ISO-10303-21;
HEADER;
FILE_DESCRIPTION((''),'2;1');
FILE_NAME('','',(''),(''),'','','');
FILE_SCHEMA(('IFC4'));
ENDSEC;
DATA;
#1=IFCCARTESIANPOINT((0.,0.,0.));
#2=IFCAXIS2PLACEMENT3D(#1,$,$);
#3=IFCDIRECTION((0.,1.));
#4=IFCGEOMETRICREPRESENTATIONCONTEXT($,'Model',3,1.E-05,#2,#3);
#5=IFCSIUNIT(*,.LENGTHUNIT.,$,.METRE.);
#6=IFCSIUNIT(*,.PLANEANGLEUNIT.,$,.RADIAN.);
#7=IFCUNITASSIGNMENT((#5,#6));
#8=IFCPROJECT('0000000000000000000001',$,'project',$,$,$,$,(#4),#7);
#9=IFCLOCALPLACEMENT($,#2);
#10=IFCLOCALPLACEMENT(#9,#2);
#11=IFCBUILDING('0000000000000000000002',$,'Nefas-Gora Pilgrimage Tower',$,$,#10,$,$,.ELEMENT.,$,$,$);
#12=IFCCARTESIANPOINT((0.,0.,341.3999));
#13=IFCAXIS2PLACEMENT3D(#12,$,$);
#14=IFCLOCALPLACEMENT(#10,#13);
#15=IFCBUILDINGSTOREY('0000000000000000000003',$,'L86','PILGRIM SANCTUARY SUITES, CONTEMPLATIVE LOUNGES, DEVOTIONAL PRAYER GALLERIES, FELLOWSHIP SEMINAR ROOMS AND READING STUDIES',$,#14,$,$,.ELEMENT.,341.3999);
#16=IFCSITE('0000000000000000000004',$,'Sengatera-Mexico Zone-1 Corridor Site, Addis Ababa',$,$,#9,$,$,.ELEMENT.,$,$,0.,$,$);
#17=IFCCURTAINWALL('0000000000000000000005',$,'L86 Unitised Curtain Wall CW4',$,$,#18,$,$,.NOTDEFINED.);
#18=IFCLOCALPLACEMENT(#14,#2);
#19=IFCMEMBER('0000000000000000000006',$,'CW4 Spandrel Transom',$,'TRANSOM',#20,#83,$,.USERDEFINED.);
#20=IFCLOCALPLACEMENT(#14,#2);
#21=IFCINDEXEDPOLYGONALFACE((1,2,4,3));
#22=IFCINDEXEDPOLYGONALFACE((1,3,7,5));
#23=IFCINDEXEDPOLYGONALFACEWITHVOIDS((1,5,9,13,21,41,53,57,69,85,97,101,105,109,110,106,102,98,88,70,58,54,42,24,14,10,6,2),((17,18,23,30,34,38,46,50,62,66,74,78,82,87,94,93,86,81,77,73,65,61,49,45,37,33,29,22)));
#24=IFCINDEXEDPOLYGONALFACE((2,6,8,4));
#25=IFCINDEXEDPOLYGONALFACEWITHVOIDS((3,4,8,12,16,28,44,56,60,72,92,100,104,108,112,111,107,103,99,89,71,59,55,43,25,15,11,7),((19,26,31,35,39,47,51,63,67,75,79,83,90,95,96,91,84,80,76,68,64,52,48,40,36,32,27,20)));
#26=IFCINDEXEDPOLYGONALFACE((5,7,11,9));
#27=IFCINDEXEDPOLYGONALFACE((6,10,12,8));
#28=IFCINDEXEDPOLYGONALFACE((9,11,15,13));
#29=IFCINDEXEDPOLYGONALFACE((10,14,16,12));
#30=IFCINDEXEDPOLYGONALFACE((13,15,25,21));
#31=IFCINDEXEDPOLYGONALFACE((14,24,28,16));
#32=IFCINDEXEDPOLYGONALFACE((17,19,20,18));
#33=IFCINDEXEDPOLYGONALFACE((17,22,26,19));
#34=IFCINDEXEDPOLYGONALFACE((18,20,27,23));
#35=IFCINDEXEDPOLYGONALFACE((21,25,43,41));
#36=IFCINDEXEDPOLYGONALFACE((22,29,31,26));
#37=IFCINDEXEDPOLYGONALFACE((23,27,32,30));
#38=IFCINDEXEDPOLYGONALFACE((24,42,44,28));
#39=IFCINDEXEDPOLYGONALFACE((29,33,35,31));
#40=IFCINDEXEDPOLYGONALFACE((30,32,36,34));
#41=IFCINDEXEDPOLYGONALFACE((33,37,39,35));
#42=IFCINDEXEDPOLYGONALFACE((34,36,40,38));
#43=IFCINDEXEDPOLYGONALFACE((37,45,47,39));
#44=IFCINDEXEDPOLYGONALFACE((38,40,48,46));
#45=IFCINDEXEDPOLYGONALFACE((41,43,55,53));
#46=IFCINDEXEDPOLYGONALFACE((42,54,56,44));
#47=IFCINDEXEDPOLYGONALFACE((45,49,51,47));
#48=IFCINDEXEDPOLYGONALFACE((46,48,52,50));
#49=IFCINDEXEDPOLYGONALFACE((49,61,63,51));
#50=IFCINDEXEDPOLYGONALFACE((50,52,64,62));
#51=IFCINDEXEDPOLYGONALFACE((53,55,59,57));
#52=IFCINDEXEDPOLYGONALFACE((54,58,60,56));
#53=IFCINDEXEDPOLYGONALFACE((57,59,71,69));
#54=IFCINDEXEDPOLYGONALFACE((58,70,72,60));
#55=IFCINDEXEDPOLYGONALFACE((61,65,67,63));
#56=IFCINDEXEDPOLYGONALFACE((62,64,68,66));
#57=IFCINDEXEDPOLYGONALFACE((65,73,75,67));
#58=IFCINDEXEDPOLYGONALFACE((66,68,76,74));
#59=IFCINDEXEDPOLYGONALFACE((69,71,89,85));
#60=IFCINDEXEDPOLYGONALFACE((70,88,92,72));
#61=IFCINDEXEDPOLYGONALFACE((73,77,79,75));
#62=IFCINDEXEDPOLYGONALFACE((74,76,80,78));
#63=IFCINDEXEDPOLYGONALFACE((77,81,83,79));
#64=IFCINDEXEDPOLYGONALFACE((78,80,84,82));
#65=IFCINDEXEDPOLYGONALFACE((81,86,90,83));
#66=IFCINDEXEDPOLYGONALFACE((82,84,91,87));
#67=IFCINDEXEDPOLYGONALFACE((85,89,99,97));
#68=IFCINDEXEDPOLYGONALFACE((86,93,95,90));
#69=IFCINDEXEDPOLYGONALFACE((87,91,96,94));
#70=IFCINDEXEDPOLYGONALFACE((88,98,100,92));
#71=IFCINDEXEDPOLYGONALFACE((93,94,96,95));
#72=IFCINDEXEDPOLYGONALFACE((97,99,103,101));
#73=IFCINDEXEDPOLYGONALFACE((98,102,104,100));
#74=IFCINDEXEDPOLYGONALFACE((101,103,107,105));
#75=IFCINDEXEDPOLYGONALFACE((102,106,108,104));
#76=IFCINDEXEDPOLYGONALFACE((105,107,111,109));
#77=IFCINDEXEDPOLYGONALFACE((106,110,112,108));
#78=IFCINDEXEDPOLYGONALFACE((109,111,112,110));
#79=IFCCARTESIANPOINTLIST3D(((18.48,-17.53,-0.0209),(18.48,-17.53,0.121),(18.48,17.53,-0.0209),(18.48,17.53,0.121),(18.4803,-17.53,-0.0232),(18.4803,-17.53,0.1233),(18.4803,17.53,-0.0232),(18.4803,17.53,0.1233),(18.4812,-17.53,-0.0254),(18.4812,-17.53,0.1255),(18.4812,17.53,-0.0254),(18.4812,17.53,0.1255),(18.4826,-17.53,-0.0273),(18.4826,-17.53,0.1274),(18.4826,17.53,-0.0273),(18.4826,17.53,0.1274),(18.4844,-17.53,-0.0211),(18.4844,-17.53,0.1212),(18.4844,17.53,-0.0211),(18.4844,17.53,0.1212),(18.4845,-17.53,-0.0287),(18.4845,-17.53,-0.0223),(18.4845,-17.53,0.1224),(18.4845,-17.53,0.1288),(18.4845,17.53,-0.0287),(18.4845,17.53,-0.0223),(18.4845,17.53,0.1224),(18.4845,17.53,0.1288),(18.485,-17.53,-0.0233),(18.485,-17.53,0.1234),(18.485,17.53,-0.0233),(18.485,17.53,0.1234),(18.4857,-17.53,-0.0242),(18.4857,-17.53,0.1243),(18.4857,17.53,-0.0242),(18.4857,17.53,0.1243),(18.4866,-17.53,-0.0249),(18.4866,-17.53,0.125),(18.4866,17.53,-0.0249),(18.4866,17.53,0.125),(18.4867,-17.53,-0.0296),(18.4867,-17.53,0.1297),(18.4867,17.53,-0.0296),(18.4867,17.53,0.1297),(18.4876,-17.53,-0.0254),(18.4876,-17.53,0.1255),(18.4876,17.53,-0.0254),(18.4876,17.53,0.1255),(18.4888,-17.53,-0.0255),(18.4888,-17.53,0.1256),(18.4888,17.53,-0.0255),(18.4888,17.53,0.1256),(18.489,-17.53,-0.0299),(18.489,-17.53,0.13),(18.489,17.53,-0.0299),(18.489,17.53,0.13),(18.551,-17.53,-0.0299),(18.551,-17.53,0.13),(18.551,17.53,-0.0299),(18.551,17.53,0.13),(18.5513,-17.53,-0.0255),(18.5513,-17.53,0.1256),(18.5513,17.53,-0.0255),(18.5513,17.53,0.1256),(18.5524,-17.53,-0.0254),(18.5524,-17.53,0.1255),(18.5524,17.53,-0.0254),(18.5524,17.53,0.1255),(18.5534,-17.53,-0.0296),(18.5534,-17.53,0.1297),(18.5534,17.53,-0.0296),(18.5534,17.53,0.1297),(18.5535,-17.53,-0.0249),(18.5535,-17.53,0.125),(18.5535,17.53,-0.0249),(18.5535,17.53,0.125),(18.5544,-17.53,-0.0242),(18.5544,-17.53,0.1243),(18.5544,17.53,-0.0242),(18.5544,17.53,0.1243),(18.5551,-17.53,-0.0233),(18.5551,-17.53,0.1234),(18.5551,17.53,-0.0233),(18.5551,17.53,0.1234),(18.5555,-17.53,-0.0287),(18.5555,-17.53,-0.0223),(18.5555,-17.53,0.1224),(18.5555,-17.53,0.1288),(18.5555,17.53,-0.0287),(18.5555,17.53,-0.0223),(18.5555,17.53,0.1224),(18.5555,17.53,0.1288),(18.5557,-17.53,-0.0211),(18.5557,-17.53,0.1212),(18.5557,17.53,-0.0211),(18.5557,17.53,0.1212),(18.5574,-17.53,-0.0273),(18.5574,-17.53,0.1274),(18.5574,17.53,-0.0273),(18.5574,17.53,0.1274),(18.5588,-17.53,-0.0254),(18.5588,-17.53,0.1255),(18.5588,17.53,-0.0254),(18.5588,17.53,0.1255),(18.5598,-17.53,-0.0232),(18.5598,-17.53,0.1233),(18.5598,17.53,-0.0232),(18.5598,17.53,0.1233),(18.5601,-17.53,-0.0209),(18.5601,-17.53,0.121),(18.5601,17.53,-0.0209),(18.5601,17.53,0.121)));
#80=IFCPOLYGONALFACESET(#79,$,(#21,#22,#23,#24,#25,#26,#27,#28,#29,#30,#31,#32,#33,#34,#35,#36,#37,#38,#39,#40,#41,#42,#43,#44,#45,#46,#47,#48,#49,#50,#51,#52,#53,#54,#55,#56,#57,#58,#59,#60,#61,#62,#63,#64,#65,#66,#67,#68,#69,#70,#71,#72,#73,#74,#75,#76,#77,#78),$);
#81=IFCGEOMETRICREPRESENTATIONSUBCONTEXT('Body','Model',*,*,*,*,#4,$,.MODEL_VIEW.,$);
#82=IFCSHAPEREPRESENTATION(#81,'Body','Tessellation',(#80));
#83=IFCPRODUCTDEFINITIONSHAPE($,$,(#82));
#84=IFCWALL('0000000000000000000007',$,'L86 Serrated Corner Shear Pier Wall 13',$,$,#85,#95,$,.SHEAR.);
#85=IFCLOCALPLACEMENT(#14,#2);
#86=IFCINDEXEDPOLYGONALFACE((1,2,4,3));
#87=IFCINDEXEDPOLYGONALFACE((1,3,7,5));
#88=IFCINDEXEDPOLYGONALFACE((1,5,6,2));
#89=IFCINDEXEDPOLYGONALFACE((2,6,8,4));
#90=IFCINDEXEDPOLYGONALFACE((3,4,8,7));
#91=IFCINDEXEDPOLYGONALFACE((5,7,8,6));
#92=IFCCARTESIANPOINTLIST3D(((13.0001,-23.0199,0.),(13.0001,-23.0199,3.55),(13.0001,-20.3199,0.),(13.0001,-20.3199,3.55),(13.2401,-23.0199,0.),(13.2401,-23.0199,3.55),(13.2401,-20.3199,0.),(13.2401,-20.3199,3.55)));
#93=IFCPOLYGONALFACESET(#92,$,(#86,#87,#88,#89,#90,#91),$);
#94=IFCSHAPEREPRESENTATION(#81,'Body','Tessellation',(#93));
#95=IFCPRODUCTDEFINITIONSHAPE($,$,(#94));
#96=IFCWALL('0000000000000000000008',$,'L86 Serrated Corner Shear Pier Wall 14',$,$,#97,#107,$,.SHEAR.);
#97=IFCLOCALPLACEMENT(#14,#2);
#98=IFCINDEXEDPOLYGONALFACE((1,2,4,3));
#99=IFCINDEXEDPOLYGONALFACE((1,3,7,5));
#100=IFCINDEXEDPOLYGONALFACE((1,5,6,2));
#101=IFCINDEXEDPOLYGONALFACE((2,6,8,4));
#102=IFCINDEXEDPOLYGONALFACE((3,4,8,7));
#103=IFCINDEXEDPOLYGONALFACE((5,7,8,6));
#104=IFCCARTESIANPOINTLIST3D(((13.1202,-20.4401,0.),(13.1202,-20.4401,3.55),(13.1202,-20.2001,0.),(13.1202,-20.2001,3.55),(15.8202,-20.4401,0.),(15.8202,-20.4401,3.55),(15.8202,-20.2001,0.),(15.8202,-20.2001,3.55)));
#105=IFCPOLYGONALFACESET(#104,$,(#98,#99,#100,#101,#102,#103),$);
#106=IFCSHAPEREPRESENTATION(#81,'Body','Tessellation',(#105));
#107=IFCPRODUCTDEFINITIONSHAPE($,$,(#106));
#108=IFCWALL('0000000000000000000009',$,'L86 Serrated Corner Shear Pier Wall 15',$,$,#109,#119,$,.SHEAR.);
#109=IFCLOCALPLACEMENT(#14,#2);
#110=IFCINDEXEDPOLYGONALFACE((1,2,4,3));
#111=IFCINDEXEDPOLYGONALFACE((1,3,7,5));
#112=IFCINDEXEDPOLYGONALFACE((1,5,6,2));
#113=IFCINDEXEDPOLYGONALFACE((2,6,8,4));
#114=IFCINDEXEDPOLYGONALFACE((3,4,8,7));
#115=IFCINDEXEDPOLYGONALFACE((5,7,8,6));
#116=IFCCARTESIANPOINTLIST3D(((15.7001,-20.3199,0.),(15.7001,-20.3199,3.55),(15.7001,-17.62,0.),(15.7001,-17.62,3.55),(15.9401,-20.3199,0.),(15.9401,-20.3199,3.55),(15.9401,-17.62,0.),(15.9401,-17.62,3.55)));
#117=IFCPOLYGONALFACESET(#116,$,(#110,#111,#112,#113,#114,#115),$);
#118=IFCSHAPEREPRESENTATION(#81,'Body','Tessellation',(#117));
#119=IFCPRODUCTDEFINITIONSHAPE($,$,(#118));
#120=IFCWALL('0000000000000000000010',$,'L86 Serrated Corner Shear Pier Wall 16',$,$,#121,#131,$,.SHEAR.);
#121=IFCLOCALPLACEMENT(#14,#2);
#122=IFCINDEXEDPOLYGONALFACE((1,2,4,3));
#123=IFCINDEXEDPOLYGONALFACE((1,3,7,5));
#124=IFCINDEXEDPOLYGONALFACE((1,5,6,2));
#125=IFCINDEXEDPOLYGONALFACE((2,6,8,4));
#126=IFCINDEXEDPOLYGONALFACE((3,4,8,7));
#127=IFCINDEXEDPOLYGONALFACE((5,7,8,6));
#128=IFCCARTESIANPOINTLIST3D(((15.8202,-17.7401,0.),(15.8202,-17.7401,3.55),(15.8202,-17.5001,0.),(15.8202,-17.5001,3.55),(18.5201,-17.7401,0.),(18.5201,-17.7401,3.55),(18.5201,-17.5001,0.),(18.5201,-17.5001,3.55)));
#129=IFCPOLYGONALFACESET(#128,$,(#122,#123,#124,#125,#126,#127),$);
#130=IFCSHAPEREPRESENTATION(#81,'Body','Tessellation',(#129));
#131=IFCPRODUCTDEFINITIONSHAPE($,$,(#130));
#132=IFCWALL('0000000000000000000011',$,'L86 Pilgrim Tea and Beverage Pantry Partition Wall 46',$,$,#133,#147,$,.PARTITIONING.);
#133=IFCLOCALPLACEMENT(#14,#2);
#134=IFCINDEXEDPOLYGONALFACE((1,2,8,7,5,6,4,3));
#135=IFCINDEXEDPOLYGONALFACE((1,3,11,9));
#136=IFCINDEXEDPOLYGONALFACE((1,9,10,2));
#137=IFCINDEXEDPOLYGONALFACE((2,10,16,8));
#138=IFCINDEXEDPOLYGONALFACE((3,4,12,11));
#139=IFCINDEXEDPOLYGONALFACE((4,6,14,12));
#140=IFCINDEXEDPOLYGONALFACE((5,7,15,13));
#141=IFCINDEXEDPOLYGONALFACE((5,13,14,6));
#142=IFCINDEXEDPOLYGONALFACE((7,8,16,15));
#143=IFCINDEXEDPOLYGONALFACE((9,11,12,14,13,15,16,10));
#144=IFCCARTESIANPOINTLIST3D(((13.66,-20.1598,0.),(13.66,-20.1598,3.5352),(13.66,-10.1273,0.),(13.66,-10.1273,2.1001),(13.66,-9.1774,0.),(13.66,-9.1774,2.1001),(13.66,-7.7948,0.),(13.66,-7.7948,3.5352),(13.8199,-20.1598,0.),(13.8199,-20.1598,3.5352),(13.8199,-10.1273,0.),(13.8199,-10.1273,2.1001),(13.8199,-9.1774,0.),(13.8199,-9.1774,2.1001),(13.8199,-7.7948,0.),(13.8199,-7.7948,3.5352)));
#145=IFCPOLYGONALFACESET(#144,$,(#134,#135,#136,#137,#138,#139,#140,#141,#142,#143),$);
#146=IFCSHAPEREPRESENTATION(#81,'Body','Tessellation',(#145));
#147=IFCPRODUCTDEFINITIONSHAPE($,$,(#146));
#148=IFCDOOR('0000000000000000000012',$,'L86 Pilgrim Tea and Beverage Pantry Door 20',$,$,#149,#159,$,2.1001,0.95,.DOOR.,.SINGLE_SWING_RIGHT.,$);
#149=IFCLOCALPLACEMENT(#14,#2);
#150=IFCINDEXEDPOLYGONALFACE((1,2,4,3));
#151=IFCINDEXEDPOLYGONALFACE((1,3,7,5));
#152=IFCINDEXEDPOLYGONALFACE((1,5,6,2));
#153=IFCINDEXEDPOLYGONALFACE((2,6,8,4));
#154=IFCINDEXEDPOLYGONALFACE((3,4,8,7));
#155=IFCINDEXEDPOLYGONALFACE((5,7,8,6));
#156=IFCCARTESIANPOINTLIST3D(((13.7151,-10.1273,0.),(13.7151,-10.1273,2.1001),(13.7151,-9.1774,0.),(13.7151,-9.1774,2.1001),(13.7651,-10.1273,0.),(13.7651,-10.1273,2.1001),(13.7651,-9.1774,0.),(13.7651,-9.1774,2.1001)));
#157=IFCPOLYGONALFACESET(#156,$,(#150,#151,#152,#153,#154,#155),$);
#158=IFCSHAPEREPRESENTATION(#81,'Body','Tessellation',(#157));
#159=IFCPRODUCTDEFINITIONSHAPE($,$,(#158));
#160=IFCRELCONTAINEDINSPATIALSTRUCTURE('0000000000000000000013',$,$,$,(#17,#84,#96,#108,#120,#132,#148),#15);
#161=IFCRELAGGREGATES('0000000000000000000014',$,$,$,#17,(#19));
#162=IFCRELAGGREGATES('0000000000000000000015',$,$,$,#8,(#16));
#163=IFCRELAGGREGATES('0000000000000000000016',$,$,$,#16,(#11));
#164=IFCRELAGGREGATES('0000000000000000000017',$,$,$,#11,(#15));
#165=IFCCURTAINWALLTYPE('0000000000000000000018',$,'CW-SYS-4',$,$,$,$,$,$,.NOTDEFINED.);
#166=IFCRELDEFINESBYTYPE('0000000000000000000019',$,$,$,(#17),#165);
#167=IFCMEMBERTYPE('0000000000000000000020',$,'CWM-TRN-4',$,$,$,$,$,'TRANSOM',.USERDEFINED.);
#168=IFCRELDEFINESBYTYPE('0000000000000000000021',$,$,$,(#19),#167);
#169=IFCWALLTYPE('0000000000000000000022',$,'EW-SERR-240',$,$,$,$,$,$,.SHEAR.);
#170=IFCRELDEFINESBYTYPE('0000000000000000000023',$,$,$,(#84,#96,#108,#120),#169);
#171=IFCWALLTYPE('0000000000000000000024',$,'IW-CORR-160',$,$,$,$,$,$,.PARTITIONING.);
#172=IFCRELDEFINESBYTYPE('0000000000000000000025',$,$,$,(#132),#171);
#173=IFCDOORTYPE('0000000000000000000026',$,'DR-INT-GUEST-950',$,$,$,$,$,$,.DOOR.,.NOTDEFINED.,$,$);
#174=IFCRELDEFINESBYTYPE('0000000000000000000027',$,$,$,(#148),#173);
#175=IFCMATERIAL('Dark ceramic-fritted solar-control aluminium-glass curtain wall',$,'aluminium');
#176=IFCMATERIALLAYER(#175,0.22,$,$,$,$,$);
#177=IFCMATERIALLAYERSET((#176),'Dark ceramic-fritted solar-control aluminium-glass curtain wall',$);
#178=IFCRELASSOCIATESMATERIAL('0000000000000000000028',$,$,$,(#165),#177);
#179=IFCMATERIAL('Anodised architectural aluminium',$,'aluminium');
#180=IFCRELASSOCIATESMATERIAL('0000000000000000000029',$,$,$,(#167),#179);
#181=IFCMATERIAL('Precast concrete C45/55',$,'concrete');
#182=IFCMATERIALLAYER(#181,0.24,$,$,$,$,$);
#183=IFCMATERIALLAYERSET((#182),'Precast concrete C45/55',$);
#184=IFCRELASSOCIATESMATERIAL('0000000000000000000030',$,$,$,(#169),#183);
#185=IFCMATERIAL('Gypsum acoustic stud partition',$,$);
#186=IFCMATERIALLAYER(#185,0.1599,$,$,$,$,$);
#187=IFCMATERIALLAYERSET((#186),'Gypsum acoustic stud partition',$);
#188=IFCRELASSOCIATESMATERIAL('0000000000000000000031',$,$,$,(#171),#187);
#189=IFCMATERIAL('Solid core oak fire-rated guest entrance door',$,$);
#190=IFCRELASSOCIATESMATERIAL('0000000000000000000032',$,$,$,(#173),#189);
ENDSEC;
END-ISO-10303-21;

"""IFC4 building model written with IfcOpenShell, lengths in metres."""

from ifc_helpers import new_model, si_unit, direction, frame, frame_2d, origin, origin_2d, place, context, subcontext, project, spatial, rectangle, hollow_rectangle, extrude, source, transform, mapped, material, layer, layer_set, material_profile, profile_set, type_object, element, fill, aggregate, save


model = new_model("IFC4")

# Units and contexts
model_context = context("Model", 3, precision=1e-05, world=origin(), true_north=direction((0.0, 1.0)))
body_context = subcontext(model_context, "Body", "Model", "MODEL_VIEW")
ifc_project = project(units=[si_unit("LENGTHUNIT", "METRE"), si_unit("PLANEANGLEUNIT", "RADIAN")], contexts=[model_context])

# Site, building, storey
site_placement = place(None, origin())
site = spatial("IfcSite", under=ifc_project, at=site_placement, Name="Sengatera-Mexico Zone-1 Corridor Site, Addis Ababa", CompositionType="ELEMENT", RefElevation=0.0)
building_placement = place(site_placement, origin())
building = spatial("IfcBuilding", under=site, at=building_placement, Name="Nefas-Gora Pilgrimage Tower", CompositionType="ELEMENT")
storey_placement = place(building_placement, frame((0.0, 0.0, 341.3999)))
storey = spatial("IfcBuildingStorey", under=building, at=storey_placement, Name="L86", Description="PILGRIM SANCTUARY SUITES, CONTEMPLATIVE LOUNGES, DEVOTIONAL PRAYER GALLERIES, FELLOWSHIP SEMINAR ROOMS AND READING STUDIES", CompositionType="ELEMENT", Elevation=341.3999)

# Shared definitions
ifc_material_1 = material(Name="Dark ceramic-fritted solar-control aluminium-glass curtain wall", Category="aluminium")
ifc_layer_1 = layer(ifc_material_1, 0.22)
ifc_layer_set_1 = layer_set([ifc_layer_1], Name="Dark ceramic-fritted solar-control aluminium-glass curtain wall")
curtain_wall_type = type_object("IfcCurtainWallType", Name="CW-SYS-4", PredefinedType="NOTDEFINED", material=ifc_layer_set_1)
ifc_material_2 = material(Name="Anodised architectural aluminium", Category="aluminium")

# Curtain wall, member
curtain_wall_1_placement = place(storey_placement, origin())
curtain_wall_1 = element("IfcCurtainWall", 1, at=curtain_wall_1_placement, inside=storey, type_object=curtain_wall_type, Name="L86 Unitised Curtain Wall CW4", PredefinedType="NOTDEFINED")
ifc_material_profile_1 = material_profile(ifc_material_2, hollow_rectangle(XDim=0.0801, YDim=0.1599, WallThickness=0.0044, InnerFilletRadius=0.0044, OuterFilletRadius=0.009, at=origin_2d()), Name="ALU TRANSOM 80x160")
ifc_profile_set_1 = profile_set([ifc_material_profile_1], Name="Anodised architectural aluminium")
member_type_1 = type_object("IfcMemberType", Name="CWM-TRN-4", ElementType="TRANSOM", PredefinedType="USERDEFINED", material=ifc_profile_set_1)
shared_shape_1 = source(origin(), body_context, "Body", "SweptSolid", [
    extrude(hollow_rectangle(XDim=0.0801, YDim=0.1599, WallThickness=0.0044, InnerFilletRadius=0.0044, OuterFilletRadius=0.009, at=origin_2d()), origin(), (0.0, 0.0, 1.0), 35.0601),
])
member_1_placement = place(storey_placement, frame((18.52, -17.53, 0.05), z_axis=(0.0, 1.0, 0.0), x_axis=(-1.0, 0.0, 0.0)))
member_1 = element("IfcMember", 2, at=member_1_placement, type_object=member_type_1, Name="CW4 Spandrel Transom", ObjectType="TRANSOM", PredefinedType="USERDEFINED", context=body_context, shape_type="MappedRepresentation", body=[
    mapped(shared_shape_1, transform((0.0, 0.0, 0.0), x_axis=(1.0, 0.0, 0.0), y_axis=(0.0, 1.0, 0.0), z_axis=(0.0, 0.0, 1.0), scale=1.0)),
])
aggregate(curtain_wall_1, [member_1])

# Walls
ifc_material_3 = material(Name="Precast concrete C45/55", Category="concrete")
ifc_layer_2 = layer(ifc_material_3, 0.24)
ifc_layer_set_2 = layer_set([ifc_layer_2], Name="Precast concrete C45/55")
wall_type_1 = type_object("IfcWallType", Name="EW-SERR-240", PredefinedType="SHEAR", material=ifc_layer_set_2)
shared_shape_2 = source(origin(), body_context, "Body", "SweptSolid", [
    extrude(rectangle(XDim=2.7, YDim=0.24, at=frame_2d((1.3501, 0.0))), origin(), (0.0, 0.0, 1.0), 3.55),
])
for number, where, z_axis, x_axis, name in (
    (3, (13.1201, -23.02, 0.0), (0.0, 0.0, 1.0), (0.0, 1.0, 0.0), "L86 Serrated Corner Shear Pier Wall 13"),
    (4, (13.1201, -20.3201, 0.0), (0.0, 0.0, 1.0), (1.0, 0.0, 0.0), "L86 Serrated Corner Shear Pier Wall 14"),
    (5, (15.8201, -20.3201, 0.0), (0.0, 0.0, 1.0), (0.0, 1.0, 0.0), "L86 Serrated Corner Shear Pier Wall 15"),
    (6, (15.8201, -17.6201, 0.0), (0.0, 0.0, 1.0), (1.0, 0.0, 0.0), "L86 Serrated Corner Shear Pier Wall 16"),
):
    element("IfcWall", number, at=place(storey_placement, frame(where, z_axis=z_axis, x_axis=x_axis)), inside=storey, type_object=wall_type_1, Name=name, PredefinedType="SHEAR", context=body_context, shape_type="MappedRepresentation", body=[
        mapped(shared_shape_2, transform((0.0, 0.0, 0.0), x_axis=(1.0, 0.0, 0.0), y_axis=(0.0, 1.0, 0.0), z_axis=(0.0, 0.0, 1.0), scale=1.0)),
    ])

# Wall, opening, door
ifc_material_4 = material(Name="Gypsum acoustic stud partition")
ifc_layer_3 = layer(ifc_material_4, 0.1599)
ifc_layer_set_3 = layer_set([ifc_layer_3], Name="Gypsum acoustic stud partition")
wall_type_2 = type_object("IfcWallType", Name="IW-CORR-160", PredefinedType="PARTITIONING", material=ifc_layer_set_3)
shared_shape_3 = source(origin(), body_context, "Body", "SweptSolid", [
    extrude(rectangle(XDim=12.365, YDim=0.1599, at=frame_2d((6.1826, 0.0))), origin(), (0.0, 0.0, 1.0), 3.5352),
])
wall_placement = place(storey_placement, frame((13.74, -20.1599, 0.0), z_axis=(0.0, 0.0, 1.0), x_axis=(0.0, 1.0, 0.0)))
wall = element("IfcWall", 7, at=wall_placement, inside=storey, type_object=wall_type_2, Name="L86 Pilgrim Tea and Beverage Pantry Partition Wall 46", PredefinedType="PARTITIONING", context=body_context, shape_type="MappedRepresentation", body=[
    mapped(shared_shape_3, transform((0.0, 0.0, 0.0), x_axis=(1.0, 0.0, 0.0), y_axis=(0.0, 1.0, 0.0), z_axis=(0.0, 0.0, 1.0), scale=1.0)),
])
opening_placement = place(wall_placement, frame((10.0325, 0.0, 0.0)))
opening = element("IfcOpeningElement", 8, at=opening_placement, cuts=wall, PredefinedType="OPENING", context=body_context, shape_type="SweptSolid", body=[
    extrude(rectangle(XDim=0.95, YDim=2.1001, at=frame_2d((0.4751, 1.05))), frame((0.0, 0.0898, 0.0), z_axis=(0.0, -1.0, 0.0), x_axis=(1.0, 0.0, 0.0)), (0.0, 0.0, 1.0), 0.1799),
])
ifc_material_5 = material(Name="Solid core oak fire-rated guest entrance door")
door_type = type_object("IfcDoorType", Name="DR-INT-GUEST-950", OperationType="NOTDEFINED", PredefinedType="DOOR", material=ifc_material_5)
shared_shape_4 = source(origin(), body_context, "Body", "SweptSolid", [
    extrude(rectangle(XDim=0.95, YDim=2.1001, at=frame_2d((0.4751, 1.05))), frame((0.0, 0.0249, 0.0), z_axis=(0.0, -1.0, 0.0), x_axis=(1.0, 0.0, 0.0)), (0.0, 0.0, 1.0), 0.05),
])
door_placement = place(opening_placement, origin())
door = element("IfcDoor", 9, at=door_placement, inside=storey, type_object=door_type, Name="L86 Pilgrim Tea and Beverage Pantry Door 20", OperationType="SINGLE_SWING_RIGHT", OverallHeight=2.1001, OverallWidth=0.95, PredefinedType="DOOR", context=body_context, shape_type="MappedRepresentation", body=[
    mapped(shared_shape_4, transform((0.0, 0.0, 0.0), x_axis=(1.0, 0.0, 0.0), y_axis=(0.0, 1.0, 0.0), z_axis=(0.0, 0.0, 1.0), scale=1.0)),
])
fill(opening, door)

save(model, "model.ifc")
